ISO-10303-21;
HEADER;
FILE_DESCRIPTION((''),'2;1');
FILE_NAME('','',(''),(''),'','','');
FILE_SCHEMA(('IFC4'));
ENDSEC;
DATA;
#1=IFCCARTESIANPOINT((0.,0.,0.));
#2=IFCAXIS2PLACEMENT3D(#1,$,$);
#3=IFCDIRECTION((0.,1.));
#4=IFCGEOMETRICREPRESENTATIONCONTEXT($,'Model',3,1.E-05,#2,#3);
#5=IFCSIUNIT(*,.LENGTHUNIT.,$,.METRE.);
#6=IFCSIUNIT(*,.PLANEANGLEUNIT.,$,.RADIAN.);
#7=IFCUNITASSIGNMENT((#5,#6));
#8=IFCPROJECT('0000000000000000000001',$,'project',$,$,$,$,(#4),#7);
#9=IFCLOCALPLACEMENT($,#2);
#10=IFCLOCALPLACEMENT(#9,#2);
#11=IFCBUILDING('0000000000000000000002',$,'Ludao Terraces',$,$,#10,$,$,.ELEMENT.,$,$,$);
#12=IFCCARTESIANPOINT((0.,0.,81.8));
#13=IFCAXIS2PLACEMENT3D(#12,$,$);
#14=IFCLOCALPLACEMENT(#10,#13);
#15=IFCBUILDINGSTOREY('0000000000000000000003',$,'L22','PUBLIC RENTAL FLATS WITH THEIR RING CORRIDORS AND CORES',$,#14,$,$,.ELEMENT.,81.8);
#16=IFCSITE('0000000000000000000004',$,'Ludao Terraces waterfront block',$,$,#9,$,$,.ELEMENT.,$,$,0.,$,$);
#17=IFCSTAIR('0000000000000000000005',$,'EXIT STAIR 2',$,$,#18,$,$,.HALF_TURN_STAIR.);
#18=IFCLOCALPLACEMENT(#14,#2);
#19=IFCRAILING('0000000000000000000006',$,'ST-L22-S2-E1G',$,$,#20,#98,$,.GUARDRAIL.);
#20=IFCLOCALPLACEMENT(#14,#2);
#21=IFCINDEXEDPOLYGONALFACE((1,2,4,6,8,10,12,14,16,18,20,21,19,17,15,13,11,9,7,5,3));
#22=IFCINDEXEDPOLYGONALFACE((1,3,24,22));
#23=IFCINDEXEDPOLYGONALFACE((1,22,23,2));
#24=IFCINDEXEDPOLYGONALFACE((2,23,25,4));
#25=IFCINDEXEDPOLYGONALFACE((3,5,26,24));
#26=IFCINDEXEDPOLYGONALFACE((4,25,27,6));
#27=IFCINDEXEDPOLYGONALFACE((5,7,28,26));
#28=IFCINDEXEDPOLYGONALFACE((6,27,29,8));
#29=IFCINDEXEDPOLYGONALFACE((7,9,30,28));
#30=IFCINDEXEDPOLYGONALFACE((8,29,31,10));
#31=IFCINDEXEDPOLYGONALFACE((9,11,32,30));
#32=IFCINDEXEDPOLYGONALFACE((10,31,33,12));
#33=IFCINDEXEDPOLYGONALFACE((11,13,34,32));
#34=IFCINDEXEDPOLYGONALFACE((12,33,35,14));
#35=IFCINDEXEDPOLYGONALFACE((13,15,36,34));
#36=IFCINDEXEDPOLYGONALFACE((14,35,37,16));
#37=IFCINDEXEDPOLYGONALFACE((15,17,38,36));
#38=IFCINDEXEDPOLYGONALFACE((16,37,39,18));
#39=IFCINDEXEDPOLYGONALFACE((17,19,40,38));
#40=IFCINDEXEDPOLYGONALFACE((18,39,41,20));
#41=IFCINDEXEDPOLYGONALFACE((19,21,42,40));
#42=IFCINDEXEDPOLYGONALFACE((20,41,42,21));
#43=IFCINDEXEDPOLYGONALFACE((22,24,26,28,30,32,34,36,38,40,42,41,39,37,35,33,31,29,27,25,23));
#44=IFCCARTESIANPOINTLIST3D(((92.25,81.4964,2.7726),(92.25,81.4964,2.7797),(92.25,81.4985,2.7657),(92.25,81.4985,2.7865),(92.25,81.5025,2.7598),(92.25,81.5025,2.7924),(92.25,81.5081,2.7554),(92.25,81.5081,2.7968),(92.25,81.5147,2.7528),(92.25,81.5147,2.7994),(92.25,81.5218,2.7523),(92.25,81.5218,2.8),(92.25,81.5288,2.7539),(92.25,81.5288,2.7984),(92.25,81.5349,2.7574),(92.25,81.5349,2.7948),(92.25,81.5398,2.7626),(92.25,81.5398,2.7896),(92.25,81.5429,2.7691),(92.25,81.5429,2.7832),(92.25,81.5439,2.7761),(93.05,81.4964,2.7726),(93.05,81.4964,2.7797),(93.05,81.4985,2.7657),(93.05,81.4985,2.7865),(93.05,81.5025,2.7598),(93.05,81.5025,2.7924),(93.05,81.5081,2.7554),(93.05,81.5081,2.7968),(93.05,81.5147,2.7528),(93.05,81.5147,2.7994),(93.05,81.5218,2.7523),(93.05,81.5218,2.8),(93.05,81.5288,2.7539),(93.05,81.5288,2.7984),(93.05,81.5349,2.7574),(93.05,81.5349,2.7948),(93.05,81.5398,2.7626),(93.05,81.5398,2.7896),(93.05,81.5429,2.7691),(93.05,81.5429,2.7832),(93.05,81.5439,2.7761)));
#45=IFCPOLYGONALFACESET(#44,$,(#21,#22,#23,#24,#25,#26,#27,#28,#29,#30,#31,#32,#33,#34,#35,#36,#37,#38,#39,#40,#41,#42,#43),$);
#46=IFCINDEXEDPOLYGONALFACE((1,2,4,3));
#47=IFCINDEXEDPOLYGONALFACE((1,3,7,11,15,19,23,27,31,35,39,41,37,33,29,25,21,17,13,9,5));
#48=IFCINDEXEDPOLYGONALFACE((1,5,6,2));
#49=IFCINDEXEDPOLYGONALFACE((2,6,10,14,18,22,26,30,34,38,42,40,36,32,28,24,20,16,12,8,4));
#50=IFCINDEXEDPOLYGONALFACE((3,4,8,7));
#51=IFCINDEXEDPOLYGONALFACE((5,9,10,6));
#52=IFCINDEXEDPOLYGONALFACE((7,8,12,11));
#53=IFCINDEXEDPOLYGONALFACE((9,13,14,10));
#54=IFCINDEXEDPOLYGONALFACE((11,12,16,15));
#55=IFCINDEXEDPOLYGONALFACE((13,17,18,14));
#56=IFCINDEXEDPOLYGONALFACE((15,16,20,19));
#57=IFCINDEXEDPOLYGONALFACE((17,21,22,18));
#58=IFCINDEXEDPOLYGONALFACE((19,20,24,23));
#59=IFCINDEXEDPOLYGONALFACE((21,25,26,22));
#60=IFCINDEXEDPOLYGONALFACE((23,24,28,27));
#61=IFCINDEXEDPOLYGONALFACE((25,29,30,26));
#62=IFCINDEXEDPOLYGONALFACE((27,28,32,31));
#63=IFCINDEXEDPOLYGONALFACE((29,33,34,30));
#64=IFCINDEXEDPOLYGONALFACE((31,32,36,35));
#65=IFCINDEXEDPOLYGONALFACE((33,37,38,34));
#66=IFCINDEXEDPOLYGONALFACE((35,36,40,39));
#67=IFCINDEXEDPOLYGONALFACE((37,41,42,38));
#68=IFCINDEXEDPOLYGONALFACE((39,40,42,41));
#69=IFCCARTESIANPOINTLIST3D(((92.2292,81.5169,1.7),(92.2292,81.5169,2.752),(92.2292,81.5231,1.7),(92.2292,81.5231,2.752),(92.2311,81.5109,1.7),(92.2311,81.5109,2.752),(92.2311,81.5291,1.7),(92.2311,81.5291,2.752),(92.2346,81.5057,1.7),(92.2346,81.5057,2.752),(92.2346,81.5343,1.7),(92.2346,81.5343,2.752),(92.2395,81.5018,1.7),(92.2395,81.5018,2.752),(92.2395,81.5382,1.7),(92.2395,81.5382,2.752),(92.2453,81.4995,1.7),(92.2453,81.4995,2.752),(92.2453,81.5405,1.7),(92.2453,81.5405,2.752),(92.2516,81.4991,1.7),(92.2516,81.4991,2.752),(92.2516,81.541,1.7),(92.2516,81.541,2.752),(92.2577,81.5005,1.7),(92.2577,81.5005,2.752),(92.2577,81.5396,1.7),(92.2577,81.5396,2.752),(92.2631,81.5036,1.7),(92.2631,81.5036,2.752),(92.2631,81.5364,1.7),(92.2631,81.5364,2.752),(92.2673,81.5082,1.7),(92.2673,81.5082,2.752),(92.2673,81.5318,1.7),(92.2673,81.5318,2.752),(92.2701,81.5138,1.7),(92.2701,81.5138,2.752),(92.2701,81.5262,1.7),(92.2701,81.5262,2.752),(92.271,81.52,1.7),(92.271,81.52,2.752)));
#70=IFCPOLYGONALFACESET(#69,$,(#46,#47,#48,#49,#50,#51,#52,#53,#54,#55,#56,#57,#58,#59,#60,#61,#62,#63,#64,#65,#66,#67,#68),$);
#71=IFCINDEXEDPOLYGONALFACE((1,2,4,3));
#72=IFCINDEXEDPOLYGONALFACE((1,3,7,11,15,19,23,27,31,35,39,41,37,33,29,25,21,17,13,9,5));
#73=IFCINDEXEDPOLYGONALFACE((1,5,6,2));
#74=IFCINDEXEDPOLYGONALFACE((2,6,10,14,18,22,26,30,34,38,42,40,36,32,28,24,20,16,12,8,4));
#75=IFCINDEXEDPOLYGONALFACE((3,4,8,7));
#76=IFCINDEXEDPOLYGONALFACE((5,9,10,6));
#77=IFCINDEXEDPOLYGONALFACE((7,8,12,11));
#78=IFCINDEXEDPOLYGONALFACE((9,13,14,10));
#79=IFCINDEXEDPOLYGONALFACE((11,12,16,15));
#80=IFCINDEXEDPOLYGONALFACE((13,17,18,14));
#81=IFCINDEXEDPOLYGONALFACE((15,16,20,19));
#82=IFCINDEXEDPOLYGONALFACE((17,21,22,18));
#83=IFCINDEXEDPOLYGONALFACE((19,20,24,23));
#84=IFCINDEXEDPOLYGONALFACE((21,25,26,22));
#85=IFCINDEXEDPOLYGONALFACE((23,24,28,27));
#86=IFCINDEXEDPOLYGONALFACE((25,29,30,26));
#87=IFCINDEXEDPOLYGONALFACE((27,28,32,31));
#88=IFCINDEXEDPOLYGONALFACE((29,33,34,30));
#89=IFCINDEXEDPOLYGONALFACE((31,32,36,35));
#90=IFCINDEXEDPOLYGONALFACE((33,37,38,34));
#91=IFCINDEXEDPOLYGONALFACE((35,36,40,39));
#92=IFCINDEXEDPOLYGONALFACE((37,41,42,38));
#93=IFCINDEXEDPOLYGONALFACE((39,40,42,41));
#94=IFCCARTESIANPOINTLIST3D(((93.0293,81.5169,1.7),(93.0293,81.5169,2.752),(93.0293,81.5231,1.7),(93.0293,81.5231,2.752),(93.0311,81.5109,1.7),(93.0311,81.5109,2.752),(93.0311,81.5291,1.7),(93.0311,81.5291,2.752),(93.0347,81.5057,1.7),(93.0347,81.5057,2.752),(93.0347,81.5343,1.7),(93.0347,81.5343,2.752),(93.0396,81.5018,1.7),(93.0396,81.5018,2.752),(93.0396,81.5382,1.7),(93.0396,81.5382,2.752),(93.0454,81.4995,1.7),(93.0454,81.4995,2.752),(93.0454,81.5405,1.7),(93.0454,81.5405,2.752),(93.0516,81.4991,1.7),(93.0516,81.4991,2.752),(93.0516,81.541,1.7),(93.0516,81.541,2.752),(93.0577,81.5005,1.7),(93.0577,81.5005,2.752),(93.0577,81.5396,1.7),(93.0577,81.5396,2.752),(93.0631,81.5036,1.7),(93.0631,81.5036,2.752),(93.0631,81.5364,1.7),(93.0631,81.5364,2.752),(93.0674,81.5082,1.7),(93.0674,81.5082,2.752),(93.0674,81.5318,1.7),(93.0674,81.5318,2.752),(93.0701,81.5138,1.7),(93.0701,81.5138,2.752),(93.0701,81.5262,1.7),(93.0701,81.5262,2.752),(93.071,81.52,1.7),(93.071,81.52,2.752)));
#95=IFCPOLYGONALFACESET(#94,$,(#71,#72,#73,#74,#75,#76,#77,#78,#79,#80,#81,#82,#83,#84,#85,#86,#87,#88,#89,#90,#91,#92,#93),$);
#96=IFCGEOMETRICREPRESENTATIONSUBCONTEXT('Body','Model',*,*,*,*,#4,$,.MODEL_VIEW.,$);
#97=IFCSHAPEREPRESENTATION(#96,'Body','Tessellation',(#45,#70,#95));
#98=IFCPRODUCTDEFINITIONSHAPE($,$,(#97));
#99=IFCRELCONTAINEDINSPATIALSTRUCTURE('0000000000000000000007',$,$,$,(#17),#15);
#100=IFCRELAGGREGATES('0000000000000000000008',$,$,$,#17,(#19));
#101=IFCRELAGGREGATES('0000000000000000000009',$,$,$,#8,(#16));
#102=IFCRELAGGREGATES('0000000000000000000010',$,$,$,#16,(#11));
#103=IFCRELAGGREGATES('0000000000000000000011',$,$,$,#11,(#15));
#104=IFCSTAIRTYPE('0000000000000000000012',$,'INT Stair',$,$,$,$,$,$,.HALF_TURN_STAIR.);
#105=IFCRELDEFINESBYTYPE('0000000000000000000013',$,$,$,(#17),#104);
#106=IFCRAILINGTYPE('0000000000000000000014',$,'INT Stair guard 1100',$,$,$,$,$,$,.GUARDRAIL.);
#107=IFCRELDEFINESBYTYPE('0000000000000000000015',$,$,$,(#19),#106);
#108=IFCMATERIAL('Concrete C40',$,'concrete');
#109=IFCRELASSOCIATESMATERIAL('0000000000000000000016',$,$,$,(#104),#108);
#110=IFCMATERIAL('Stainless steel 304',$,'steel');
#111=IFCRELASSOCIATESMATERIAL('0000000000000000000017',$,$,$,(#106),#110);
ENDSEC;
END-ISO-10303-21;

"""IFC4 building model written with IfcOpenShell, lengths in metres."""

from ifc_helpers import new_model, si_unit, direction, frame, origin, origin_2d, place, context, subcontext, project, spatial, circle, extrude, material, type_object, element, aggregate, save


model = new_model("IFC4")

# Units and contexts
model_context = context("Model", 3, precision=1e-05, world=origin(), true_north=direction((0.0, 1.0)))
body_context = subcontext(model_context, "Body", "Model", "MODEL_VIEW")
ifc_project = project(units=[si_unit("LENGTHUNIT", "METRE"), si_unit("PLANEANGLEUNIT", "RADIAN")], contexts=[model_context])

# Site, building, storey
site_placement = place(None, origin())
site = spatial("IfcSite", under=ifc_project, at=site_placement, Name="Ludao Terraces waterfront block", CompositionType="ELEMENT", RefElevation=0.0)
building_placement = place(site_placement, origin())
building = spatial("IfcBuilding", under=site, at=building_placement, Name="Ludao Terraces", CompositionType="ELEMENT")
storey_placement = place(building_placement, frame((0.0, 0.0, 81.8)))
storey = spatial("IfcBuildingStorey", under=building, at=storey_placement, Name="L22", Description="PUBLIC RENTAL FLATS WITH THEIR RING CORRIDORS AND CORES", CompositionType="ELEMENT", Elevation=81.8)

# Shared definitions
ifc_material_1 = material(Name="Concrete C40", Category="concrete")

# Stair, railing
stair_type = type_object("IfcStairType", Name="INT Stair", PredefinedType="HALF_TURN_STAIR", material=ifc_material_1)
stair_placement = place(storey_placement, origin())
stair = element("IfcStair", 1, at=stair_placement, inside=storey, type_object=stair_type, Name="EXIT STAIR 2", PredefinedType="HALF_TURN_STAIR")
ifc_material_2 = material(Name="Stainless steel 304", Category="steel")
railing_type_1 = type_object("IfcRailingType", Name="INT Stair guard 1100", PredefinedType="GUARDRAIL", material=ifc_material_2)
railing_1_placement = place(storey_placement, frame((92.25, 81.52, 1.7)))
railing_1 = element("IfcRailing", 2, at=railing_1_placement, type_object=railing_type_1, Name="ST-L22-S2-E1G", PredefinedType="GUARDRAIL", context=body_context, shape_type="SweptSolid", body=[
    extrude(circle(Radius=0.0239, at=origin_2d()), frame((0.0, 0.0, 1.0762), z_axis=(1.0, 0.0, 0.0), x_axis=(0.0, 1.0, 0.0)), (0.0, 0.0, 1.0), 0.8),
    extrude(circle(Radius=0.021, at=origin_2d()), origin(), (0.0, 0.0, 1.0), 1.052),
    extrude(circle(Radius=0.021, at=origin_2d()), frame((0.8, 0.0, 0.0)), (0.0, 0.0, 1.0), 1.052),
])
aggregate(stair, [railing_1])

save(model, "model.ifc")
